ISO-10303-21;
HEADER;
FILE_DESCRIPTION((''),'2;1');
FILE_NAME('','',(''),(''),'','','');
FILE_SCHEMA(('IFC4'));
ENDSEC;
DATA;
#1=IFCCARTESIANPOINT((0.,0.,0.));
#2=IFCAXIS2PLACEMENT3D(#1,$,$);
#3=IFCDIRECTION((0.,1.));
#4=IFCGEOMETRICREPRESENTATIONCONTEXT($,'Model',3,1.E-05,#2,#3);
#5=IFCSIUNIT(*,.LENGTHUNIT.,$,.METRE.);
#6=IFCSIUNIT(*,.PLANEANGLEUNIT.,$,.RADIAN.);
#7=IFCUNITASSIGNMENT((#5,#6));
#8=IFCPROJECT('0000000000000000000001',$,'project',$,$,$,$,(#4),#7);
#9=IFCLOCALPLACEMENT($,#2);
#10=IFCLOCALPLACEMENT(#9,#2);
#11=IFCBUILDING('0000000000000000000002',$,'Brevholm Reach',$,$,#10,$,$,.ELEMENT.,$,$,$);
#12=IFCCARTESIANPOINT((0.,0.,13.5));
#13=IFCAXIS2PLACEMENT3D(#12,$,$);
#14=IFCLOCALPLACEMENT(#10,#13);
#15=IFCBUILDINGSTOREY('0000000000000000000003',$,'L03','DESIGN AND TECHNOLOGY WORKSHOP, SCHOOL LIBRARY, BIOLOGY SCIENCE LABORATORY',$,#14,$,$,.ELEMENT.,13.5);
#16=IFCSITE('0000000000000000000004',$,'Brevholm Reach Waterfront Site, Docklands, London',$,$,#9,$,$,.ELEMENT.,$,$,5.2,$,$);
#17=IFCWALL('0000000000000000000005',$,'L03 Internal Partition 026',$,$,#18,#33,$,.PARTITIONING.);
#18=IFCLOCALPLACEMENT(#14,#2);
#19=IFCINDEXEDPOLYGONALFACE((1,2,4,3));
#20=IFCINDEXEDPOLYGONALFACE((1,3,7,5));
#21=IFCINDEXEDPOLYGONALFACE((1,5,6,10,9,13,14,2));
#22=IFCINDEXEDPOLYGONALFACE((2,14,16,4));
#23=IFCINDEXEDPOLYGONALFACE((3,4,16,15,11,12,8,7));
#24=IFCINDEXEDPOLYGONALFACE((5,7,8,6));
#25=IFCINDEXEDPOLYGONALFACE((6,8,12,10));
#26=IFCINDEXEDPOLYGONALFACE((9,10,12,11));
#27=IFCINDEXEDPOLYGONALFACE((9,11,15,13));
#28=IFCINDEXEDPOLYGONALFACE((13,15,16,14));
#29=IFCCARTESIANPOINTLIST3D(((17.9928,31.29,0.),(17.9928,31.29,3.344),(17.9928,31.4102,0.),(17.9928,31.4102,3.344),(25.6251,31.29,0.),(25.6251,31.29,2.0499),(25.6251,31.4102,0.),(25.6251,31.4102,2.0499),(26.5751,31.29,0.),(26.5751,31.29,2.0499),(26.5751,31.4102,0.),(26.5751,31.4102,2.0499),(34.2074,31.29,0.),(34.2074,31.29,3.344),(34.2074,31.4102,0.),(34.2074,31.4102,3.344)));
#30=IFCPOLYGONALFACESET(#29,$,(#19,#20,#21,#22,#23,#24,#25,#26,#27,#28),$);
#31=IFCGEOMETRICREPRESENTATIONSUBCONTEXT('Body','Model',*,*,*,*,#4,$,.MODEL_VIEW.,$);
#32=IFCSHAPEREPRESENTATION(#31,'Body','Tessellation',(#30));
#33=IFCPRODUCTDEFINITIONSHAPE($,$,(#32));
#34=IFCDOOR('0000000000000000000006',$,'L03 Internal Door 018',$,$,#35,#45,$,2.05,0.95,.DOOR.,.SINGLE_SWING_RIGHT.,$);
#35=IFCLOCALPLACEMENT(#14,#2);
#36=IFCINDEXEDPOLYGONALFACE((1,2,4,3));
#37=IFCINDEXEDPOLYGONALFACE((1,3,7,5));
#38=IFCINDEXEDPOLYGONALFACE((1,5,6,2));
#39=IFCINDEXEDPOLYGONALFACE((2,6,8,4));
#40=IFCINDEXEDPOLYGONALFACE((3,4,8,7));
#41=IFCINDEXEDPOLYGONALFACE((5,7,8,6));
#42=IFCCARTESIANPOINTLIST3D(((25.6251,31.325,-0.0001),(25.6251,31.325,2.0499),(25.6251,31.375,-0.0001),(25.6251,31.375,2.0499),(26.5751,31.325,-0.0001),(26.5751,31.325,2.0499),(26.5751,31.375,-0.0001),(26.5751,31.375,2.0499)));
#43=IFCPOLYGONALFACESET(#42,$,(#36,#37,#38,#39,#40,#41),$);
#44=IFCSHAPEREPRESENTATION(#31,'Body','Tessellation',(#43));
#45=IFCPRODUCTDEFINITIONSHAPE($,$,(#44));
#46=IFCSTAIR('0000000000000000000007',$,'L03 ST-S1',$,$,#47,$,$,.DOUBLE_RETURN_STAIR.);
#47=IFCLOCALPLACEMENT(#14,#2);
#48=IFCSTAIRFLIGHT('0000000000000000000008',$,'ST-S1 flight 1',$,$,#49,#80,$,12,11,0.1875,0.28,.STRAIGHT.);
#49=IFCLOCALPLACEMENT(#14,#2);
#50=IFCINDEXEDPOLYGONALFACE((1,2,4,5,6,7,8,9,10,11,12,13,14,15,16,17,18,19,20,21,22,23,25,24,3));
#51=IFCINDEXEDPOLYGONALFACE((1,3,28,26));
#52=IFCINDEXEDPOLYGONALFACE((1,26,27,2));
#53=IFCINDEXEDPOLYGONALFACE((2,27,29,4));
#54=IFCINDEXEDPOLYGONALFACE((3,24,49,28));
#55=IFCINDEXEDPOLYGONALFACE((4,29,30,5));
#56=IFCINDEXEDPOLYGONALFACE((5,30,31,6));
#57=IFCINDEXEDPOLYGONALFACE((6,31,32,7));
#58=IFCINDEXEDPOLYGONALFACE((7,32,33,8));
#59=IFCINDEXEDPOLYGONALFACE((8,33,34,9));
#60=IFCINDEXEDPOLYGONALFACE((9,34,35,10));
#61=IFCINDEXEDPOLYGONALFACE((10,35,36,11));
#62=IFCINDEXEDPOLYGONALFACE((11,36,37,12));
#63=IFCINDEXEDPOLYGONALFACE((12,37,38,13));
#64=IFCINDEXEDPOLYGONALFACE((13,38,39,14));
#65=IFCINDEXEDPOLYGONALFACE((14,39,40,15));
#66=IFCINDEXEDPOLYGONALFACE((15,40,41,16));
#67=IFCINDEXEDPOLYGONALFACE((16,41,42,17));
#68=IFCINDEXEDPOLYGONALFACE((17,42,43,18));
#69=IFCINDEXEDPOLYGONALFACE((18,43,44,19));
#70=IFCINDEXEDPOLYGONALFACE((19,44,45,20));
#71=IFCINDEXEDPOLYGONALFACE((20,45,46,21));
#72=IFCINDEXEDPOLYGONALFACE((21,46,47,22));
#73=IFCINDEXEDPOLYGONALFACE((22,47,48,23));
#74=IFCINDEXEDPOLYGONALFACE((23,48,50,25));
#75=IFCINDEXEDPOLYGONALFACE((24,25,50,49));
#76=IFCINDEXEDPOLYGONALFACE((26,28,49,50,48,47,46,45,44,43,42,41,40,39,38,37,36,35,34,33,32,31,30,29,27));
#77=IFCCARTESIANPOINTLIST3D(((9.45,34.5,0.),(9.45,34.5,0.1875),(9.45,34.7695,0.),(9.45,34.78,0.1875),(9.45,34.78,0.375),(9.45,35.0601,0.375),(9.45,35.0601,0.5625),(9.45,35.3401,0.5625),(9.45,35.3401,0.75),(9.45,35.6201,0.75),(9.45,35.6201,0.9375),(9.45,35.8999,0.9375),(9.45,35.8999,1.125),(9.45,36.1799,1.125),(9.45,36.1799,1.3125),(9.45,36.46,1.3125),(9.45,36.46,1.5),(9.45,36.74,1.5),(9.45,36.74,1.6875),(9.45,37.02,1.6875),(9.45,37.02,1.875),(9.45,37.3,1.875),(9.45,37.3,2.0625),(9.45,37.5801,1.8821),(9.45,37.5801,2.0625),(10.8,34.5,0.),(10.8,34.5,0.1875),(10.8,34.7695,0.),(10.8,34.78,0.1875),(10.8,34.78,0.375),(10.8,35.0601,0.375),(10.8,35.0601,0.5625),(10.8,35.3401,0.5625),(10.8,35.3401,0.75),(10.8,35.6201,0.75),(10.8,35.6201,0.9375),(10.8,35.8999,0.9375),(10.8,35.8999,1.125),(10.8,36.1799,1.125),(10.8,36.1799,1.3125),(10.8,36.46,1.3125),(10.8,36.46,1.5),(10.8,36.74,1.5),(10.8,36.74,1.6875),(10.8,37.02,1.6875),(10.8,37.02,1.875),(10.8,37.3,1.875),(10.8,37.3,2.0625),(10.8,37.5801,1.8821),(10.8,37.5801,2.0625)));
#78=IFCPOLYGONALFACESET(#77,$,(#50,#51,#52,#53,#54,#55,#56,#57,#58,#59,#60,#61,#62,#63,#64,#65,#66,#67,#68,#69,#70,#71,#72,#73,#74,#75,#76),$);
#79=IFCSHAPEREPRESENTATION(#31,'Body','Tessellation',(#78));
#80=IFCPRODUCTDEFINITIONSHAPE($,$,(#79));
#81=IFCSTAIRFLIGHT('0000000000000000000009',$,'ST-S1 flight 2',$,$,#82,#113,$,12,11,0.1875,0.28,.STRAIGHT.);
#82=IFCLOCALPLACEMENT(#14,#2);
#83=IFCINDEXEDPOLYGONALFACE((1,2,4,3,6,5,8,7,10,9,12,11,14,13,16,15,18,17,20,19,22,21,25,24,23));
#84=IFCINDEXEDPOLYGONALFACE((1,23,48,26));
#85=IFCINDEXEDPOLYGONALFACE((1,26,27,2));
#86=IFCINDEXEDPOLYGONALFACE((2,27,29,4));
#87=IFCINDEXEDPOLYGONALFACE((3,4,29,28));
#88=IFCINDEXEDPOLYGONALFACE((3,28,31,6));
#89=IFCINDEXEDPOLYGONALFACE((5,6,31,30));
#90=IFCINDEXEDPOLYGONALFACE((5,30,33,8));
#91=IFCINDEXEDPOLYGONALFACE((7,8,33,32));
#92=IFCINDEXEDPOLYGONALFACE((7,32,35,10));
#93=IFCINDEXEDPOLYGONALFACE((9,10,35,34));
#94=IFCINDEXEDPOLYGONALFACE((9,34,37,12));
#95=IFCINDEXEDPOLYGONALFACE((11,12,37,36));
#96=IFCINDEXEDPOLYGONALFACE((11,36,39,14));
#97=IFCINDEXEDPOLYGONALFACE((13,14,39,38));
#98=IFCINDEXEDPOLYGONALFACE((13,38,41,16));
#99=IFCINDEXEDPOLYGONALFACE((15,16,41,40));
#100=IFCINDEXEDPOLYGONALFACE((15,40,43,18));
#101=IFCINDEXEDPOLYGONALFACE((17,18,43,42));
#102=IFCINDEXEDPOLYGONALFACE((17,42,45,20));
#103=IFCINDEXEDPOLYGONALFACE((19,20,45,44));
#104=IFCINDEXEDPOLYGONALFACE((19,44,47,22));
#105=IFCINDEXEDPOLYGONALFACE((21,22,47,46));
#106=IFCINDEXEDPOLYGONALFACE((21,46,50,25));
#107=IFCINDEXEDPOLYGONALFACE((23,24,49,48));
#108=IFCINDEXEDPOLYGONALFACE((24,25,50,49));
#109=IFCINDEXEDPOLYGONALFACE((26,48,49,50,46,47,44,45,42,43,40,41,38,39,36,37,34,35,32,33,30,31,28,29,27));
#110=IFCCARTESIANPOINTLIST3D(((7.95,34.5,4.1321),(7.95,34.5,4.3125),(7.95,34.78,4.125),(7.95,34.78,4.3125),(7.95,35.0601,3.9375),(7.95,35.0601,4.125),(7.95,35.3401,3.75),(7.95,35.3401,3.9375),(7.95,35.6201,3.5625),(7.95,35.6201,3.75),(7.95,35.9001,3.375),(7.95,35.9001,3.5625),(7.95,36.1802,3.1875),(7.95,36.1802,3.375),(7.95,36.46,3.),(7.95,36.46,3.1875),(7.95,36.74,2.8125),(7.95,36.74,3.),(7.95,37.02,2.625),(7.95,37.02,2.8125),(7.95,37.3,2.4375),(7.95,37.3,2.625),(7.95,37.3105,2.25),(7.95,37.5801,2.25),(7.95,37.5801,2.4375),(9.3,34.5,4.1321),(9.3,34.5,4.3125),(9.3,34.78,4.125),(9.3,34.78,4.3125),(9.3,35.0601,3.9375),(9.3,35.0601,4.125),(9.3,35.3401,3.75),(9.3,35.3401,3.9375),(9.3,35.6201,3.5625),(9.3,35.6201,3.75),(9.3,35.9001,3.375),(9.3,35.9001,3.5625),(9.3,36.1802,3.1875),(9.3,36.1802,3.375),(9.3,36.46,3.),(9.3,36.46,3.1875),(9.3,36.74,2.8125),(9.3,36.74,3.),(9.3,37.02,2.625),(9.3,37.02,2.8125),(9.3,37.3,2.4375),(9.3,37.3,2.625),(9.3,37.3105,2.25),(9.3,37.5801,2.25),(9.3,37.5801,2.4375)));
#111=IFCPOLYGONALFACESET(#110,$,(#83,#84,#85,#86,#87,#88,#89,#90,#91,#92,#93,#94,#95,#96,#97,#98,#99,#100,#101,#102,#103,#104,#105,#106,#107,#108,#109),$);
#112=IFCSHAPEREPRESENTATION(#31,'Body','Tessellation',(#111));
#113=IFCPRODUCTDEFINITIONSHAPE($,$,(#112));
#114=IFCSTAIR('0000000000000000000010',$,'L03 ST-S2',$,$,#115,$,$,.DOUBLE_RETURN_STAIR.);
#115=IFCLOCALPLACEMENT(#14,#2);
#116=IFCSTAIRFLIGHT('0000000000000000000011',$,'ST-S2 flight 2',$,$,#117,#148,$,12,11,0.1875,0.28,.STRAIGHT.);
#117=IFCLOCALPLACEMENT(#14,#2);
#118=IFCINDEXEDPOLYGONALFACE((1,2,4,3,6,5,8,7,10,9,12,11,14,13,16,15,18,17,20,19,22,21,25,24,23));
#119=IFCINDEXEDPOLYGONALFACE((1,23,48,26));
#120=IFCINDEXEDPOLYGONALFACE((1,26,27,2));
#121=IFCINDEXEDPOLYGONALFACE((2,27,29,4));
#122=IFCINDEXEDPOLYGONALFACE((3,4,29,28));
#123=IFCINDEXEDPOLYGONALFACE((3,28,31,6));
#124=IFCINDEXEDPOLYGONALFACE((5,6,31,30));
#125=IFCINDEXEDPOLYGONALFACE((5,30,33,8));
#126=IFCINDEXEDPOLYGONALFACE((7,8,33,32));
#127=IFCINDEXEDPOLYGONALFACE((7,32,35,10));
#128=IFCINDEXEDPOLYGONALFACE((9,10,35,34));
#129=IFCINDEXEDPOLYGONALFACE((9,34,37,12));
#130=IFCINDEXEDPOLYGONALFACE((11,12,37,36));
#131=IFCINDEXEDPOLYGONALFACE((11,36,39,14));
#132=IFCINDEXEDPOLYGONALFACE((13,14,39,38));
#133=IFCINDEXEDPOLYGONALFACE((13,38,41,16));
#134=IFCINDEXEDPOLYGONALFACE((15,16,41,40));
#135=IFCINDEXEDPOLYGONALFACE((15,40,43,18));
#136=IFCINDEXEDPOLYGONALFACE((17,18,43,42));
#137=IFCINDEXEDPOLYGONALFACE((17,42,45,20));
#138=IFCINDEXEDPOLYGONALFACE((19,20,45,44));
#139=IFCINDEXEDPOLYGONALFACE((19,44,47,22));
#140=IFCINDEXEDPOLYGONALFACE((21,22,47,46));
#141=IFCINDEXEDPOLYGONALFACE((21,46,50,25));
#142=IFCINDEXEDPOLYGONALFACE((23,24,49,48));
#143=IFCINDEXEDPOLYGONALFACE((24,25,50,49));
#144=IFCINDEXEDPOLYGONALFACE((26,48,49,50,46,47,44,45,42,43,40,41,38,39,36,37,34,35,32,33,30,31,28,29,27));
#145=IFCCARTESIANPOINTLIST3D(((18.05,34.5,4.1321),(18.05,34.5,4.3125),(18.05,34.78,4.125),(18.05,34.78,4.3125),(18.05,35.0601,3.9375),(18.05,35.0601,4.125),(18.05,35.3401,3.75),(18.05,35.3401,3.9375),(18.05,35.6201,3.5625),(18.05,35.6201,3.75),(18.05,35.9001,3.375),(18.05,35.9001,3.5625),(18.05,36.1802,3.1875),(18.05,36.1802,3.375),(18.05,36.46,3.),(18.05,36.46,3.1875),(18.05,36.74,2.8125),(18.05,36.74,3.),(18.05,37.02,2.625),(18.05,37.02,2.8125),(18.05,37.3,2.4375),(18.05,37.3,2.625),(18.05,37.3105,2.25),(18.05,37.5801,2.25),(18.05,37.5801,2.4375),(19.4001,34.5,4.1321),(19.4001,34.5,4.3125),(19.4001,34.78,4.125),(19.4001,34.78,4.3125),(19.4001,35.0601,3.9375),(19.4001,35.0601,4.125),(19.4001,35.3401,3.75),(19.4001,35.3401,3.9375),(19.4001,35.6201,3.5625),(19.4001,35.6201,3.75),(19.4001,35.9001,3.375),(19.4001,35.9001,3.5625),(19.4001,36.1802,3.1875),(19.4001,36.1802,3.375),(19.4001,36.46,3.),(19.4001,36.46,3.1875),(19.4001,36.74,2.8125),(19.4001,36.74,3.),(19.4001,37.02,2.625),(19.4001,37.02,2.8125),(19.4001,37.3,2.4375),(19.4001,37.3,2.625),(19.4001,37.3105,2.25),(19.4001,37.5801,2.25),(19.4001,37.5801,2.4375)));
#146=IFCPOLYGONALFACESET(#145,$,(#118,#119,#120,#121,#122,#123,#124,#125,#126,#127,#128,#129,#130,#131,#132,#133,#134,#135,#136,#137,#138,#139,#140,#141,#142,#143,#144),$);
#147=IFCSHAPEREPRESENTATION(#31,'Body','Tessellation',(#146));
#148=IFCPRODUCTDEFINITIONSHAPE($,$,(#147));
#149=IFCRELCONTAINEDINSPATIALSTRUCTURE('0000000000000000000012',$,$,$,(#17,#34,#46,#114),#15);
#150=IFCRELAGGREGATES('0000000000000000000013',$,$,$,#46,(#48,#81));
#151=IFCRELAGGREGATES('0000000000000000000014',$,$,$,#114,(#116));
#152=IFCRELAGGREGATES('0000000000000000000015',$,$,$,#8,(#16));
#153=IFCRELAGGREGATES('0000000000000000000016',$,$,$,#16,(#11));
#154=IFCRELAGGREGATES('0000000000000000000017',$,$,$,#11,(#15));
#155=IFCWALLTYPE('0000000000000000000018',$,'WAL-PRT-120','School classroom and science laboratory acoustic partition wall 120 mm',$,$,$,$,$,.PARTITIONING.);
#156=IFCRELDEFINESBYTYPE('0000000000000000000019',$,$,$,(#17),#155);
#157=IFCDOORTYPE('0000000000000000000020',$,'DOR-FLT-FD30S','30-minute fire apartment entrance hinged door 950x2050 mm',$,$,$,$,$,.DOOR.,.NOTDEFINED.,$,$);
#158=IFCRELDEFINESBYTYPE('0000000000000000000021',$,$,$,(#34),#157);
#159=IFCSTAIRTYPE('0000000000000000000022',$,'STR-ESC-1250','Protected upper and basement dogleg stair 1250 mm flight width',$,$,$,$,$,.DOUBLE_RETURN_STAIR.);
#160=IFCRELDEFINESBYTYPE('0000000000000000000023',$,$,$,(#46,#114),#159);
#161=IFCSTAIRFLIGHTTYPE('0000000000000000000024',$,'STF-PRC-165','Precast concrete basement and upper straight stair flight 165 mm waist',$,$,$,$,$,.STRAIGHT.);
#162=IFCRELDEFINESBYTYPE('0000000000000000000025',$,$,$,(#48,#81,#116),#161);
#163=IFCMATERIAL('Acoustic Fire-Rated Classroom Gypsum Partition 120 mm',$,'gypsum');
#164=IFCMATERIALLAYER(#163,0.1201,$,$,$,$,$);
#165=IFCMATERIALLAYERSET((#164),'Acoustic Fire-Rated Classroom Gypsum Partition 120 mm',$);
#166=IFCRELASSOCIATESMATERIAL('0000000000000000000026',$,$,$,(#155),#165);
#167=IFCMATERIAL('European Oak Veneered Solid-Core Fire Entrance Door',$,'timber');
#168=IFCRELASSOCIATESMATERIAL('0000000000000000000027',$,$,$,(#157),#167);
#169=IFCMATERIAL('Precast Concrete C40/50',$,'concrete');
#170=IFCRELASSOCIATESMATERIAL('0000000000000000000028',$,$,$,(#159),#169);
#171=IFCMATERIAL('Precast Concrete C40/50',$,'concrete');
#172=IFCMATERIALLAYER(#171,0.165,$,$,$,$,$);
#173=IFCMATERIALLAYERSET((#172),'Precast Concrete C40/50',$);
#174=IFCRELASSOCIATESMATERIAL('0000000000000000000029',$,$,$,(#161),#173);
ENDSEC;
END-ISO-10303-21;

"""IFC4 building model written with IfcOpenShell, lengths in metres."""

from ifc_helpers import new_model, si_unit, direction, frame, frame_2d, origin, place, context, subcontext, project, spatial, polyline, rectangle, outline, extrude, material, layer, layer_set, type_object, element, fill, aggregate, save


model = new_model("IFC4")

# Units and contexts
model_context = context("Model", 3, precision=1e-05, world=origin(), true_north=direction((0.0, 1.0)))
body_context = subcontext(model_context, "Body", "Model", "MODEL_VIEW")
ifc_project = project(units=[si_unit("LENGTHUNIT", "METRE"), si_unit("PLANEANGLEUNIT", "RADIAN")], contexts=[model_context])

# Site, building, storey
site_placement = place(None, origin())
site = spatial("IfcSite", under=ifc_project, at=site_placement, Name="Brevholm Reach Waterfront Site, Docklands, London", CompositionType="ELEMENT", RefElevation=5.2)
building_placement = place(site_placement, origin())
building = spatial("IfcBuilding", under=site, at=building_placement, Name="Brevholm Reach", CompositionType="ELEMENT")
storey_placement = place(building_placement, frame((0.0, 0.0, 13.5)))
storey = spatial("IfcBuildingStorey", under=building, at=storey_placement, Name="L03", Description="DESIGN AND TECHNOLOGY WORKSHOP, SCHOOL LIBRARY, BIOLOGY SCIENCE LABORATORY", CompositionType="ELEMENT", Elevation=13.5)

# Wall, opening, door
ifc_material_1 = material(Name="Acoustic Fire-Rated Classroom Gypsum Partition 120 mm", Category="gypsum")
ifc_layer_1 = layer(ifc_material_1, 0.1201)
ifc_layer_set_1 = layer_set([ifc_layer_1], Name="Acoustic Fire-Rated Classroom Gypsum Partition 120 mm")
wall_type_1 = type_object("IfcWallType", Name="WAL-PRT-120", Description="School classroom and science laboratory acoustic partition wall 120 mm", PredefinedType="PARTITIONING", material=ifc_layer_set_1)
wall_1_placement = place(storey_placement, frame((17.9927, 31.3501, 0.0), z_axis=(0.0, 0.0, 1.0), x_axis=(1.0, 0.0, 0.0)))
wall_1 = element("IfcWall", 1, at=wall_1_placement, inside=storey, type_object=wall_type_1, Name="L03 Internal Partition 026", PredefinedType="PARTITIONING", context=body_context, shape_type="SweptSolid", body=[
    extrude(rectangle(XDim=16.2146, YDim=0.1201, at=frame_2d((8.1074, 0.0))), origin(), (0.0, 0.0, 1.0), 3.344),
])
opening_1_placement = place(wall_1_placement, frame((7.6323, 0.0, 0.0)))
opening_1 = element("IfcOpeningElement", 2, at=opening_1_placement, cuts=wall_1, PredefinedType="OPENING", context=body_context, shape_type="SweptSolid", body=[
    extrude(rectangle(XDim=0.95, YDim=2.05, at=frame_2d((0.4751, 1.0249))), frame((0.0, 0.0701, 0.0), z_axis=(0.0, -1.0, 0.0), x_axis=(1.0, 0.0, 0.0)), (0.0, 0.0, 1.0), 0.1401),
])
ifc_material_2 = material(Name="European Oak Veneered Solid-Core Fire Entrance Door", Category="timber")
door_type_1 = type_object("IfcDoorType", Name="DOR-FLT-FD30S", Description="30-minute fire apartment entrance hinged door 950x2050 mm", OperationType="NOTDEFINED", PredefinedType="DOOR", material=ifc_material_2)
door_1_placement = place(opening_1_placement, origin())
door_1 = element("IfcDoor", 3, at=door_1_placement, inside=storey, type_object=door_type_1, Name="L03 Internal Door 018", OperationType="SINGLE_SWING_RIGHT", OverallHeight=2.05, OverallWidth=0.95, PredefinedType="DOOR", context=body_context, shape_type="SweptSolid", body=[
    extrude(rectangle(XDim=0.95, YDim=2.05, at=frame_2d((0.4751, 1.0249))), frame((0.0, 0.0249, 0.0), z_axis=(0.0, -1.0, 0.0), x_axis=(1.0, 0.0, 0.0)), (0.0, 0.0, 1.0), 0.05),
])
fill(opening_1, door_1)

# Stair, stair flights
ifc_material_3 = material(Name="Precast Concrete C40/50", Category="concrete")
stair_type = type_object("IfcStairType", Name="STR-ESC-1250", Description="Protected upper and basement dogleg stair 1250 mm flight width", PredefinedType="DOUBLE_RETURN_STAIR", material=ifc_material_3)
stair_1_placement = place(storey_placement, origin())
stair_1 = element("IfcStair", 4, at=stair_1_placement, inside=storey, type_object=stair_type, Name="L03 ST-S1", PredefinedType="DOUBLE_RETURN_STAIR")
ifc_material_4 = material(Name="Precast Concrete C40/50", Category="concrete")
ifc_layer_2 = layer(ifc_material_4, 0.165)
ifc_layer_set_2 = layer_set([ifc_layer_2], Name="Precast Concrete C40/50")
stair_flight_type = type_object("IfcStairFlightType", Name="STF-PRC-165", Description="Precast concrete basement and upper straight stair flight 165 mm waist", PredefinedType="STRAIGHT", material=ifc_layer_set_2)
stair_flight_1_placement = place(storey_placement, frame((10.125, 34.5, 0.0), z_axis=(0.0, 0.0, 1.0), x_axis=(0.0, 1.0, 0.0)))
stair_flight_1 = element("IfcStairFlight", 5, at=stair_flight_1_placement, type_object=stair_flight_type, Name="ST-S1 flight 1", NumberOfRisers=12, NumberOfTreads=11, PredefinedType="STRAIGHT", RiserHeight=0.1875, TreadLength=0.28, context=body_context, shape_type="SweptSolid", body=[
    extrude(outline(polyline([(0.0, 0.0), (0.0, 0.1875), (0.28, 0.1875), (0.28, 0.375), (0.5601, 0.375), (0.5601, 0.5625), (0.8401, 0.5625), (0.8401, 0.75), (1.1201, 0.75), (1.1201, 0.9375), (1.3999, 0.9375), (1.3999, 1.125), (1.6799, 1.125), (1.6799, 1.3125), (1.96, 1.3125), (1.96, 1.5), (2.24, 1.5), (2.24, 1.6875), (2.52, 1.6875), (2.52, 1.875), (2.8, 1.875), (2.8, 2.0625), (3.0801, 2.0625), (3.0801, 2.25), (3.0801, 1.8821), (0.2695, 0.0), (0.0, 0.0)])), frame((0.0, 0.675, 0.0), z_axis=(0.0, -1.0, 0.0), x_axis=(1.0, 0.0, 0.0)), (0.0, 0.0, 1.0), 1.3501),
])
stair_flight_2_placement = place(storey_placement, frame((8.625, 37.5801, 2.25), z_axis=(0.0, 0.0, 1.0), x_axis=(0.0, -1.0, 0.0)))
stair_flight_2 = element("IfcStairFlight", 6, at=stair_flight_2_placement, type_object=stair_flight_type, Name="ST-S1 flight 2", NumberOfRisers=12, NumberOfTreads=11, PredefinedType="STRAIGHT", RiserHeight=0.1875, TreadLength=0.28, context=body_context, shape_type="SweptSolid", body=[
    extrude(outline(polyline([(0.0, 0.0), (0.0, 0.1875), (0.28, 0.1875), (0.28, 0.375), (0.5601, 0.375), (0.5601, 0.5625), (0.8401, 0.5625), (0.8401, 0.75), (1.1201, 0.75), (1.1201, 0.9375), (1.3999, 0.9375), (1.3999, 1.125), (1.6799, 1.125), (1.6799, 1.3125), (1.96, 1.3125), (1.96, 1.5), (2.24, 1.5), (2.24, 1.6875), (2.52, 1.6875), (2.52, 1.875), (2.8, 1.875), (2.8, 2.0625), (3.0801, 2.0625), (3.0801, 2.25), (3.0801, 1.8821), (0.2695, 0.0), (0.0, 0.0)])), frame((0.0, 0.675, 0.0), z_axis=(0.0, -1.0, 0.0), x_axis=(1.0, 0.0, 0.0)), (0.0, 0.0, 1.0), 1.3501),
])
aggregate(stair_1, [stair_flight_1, stair_flight_2])

# Stair, stair flight
stair_2_placement = place(storey_placement, origin())
stair_2 = element("IfcStair", 7, at=stair_2_placement, inside=storey, type_object=stair_type, Name="L03 ST-S2", PredefinedType="DOUBLE_RETURN_STAIR")
stair_flight_3_placement = place(storey_placement, frame((18.7251, 37.5801, 2.25), z_axis=(0.0, 0.0, 1.0), x_axis=(0.0, -1.0, 0.0)))
stair_flight_3 = element("IfcStairFlight", 8, at=stair_flight_3_placement, type_object=stair_flight_type, Name="ST-S2 flight 2", NumberOfRisers=12, NumberOfTreads=11, PredefinedType="STRAIGHT", RiserHeight=0.1875, TreadLength=0.28, context=body_context, shape_type="SweptSolid", body=[
    extrude(outline(polyline([(0.0, 0.0), (0.0, 0.1875), (0.28, 0.1875), (0.28, 0.375), (0.5601, 0.375), (0.5601, 0.5625), (0.8401, 0.5625), (0.8401, 0.75), (1.1201, 0.75), (1.1201, 0.9375), (1.3999, 0.9375), (1.3999, 1.125), (1.6799, 1.125), (1.6799, 1.3125), (1.96, 1.3125), (1.96, 1.5), (2.24, 1.5), (2.24, 1.6875), (2.52, 1.6875), (2.52, 1.875), (2.8, 1.875), (2.8, 2.0625), (3.0801, 2.0625), (3.0801, 2.25), (3.0801, 1.8821), (0.2695, 0.0), (0.0, 0.0)])), frame((0.0, 0.675, 0.0), z_axis=(0.0, -1.0, 0.0), x_axis=(1.0, 0.0, 0.0)), (0.0, 0.0, 1.0), 1.3501),
])
aggregate(stair_2, [stair_flight_3])

save(model, "model.ifc")
